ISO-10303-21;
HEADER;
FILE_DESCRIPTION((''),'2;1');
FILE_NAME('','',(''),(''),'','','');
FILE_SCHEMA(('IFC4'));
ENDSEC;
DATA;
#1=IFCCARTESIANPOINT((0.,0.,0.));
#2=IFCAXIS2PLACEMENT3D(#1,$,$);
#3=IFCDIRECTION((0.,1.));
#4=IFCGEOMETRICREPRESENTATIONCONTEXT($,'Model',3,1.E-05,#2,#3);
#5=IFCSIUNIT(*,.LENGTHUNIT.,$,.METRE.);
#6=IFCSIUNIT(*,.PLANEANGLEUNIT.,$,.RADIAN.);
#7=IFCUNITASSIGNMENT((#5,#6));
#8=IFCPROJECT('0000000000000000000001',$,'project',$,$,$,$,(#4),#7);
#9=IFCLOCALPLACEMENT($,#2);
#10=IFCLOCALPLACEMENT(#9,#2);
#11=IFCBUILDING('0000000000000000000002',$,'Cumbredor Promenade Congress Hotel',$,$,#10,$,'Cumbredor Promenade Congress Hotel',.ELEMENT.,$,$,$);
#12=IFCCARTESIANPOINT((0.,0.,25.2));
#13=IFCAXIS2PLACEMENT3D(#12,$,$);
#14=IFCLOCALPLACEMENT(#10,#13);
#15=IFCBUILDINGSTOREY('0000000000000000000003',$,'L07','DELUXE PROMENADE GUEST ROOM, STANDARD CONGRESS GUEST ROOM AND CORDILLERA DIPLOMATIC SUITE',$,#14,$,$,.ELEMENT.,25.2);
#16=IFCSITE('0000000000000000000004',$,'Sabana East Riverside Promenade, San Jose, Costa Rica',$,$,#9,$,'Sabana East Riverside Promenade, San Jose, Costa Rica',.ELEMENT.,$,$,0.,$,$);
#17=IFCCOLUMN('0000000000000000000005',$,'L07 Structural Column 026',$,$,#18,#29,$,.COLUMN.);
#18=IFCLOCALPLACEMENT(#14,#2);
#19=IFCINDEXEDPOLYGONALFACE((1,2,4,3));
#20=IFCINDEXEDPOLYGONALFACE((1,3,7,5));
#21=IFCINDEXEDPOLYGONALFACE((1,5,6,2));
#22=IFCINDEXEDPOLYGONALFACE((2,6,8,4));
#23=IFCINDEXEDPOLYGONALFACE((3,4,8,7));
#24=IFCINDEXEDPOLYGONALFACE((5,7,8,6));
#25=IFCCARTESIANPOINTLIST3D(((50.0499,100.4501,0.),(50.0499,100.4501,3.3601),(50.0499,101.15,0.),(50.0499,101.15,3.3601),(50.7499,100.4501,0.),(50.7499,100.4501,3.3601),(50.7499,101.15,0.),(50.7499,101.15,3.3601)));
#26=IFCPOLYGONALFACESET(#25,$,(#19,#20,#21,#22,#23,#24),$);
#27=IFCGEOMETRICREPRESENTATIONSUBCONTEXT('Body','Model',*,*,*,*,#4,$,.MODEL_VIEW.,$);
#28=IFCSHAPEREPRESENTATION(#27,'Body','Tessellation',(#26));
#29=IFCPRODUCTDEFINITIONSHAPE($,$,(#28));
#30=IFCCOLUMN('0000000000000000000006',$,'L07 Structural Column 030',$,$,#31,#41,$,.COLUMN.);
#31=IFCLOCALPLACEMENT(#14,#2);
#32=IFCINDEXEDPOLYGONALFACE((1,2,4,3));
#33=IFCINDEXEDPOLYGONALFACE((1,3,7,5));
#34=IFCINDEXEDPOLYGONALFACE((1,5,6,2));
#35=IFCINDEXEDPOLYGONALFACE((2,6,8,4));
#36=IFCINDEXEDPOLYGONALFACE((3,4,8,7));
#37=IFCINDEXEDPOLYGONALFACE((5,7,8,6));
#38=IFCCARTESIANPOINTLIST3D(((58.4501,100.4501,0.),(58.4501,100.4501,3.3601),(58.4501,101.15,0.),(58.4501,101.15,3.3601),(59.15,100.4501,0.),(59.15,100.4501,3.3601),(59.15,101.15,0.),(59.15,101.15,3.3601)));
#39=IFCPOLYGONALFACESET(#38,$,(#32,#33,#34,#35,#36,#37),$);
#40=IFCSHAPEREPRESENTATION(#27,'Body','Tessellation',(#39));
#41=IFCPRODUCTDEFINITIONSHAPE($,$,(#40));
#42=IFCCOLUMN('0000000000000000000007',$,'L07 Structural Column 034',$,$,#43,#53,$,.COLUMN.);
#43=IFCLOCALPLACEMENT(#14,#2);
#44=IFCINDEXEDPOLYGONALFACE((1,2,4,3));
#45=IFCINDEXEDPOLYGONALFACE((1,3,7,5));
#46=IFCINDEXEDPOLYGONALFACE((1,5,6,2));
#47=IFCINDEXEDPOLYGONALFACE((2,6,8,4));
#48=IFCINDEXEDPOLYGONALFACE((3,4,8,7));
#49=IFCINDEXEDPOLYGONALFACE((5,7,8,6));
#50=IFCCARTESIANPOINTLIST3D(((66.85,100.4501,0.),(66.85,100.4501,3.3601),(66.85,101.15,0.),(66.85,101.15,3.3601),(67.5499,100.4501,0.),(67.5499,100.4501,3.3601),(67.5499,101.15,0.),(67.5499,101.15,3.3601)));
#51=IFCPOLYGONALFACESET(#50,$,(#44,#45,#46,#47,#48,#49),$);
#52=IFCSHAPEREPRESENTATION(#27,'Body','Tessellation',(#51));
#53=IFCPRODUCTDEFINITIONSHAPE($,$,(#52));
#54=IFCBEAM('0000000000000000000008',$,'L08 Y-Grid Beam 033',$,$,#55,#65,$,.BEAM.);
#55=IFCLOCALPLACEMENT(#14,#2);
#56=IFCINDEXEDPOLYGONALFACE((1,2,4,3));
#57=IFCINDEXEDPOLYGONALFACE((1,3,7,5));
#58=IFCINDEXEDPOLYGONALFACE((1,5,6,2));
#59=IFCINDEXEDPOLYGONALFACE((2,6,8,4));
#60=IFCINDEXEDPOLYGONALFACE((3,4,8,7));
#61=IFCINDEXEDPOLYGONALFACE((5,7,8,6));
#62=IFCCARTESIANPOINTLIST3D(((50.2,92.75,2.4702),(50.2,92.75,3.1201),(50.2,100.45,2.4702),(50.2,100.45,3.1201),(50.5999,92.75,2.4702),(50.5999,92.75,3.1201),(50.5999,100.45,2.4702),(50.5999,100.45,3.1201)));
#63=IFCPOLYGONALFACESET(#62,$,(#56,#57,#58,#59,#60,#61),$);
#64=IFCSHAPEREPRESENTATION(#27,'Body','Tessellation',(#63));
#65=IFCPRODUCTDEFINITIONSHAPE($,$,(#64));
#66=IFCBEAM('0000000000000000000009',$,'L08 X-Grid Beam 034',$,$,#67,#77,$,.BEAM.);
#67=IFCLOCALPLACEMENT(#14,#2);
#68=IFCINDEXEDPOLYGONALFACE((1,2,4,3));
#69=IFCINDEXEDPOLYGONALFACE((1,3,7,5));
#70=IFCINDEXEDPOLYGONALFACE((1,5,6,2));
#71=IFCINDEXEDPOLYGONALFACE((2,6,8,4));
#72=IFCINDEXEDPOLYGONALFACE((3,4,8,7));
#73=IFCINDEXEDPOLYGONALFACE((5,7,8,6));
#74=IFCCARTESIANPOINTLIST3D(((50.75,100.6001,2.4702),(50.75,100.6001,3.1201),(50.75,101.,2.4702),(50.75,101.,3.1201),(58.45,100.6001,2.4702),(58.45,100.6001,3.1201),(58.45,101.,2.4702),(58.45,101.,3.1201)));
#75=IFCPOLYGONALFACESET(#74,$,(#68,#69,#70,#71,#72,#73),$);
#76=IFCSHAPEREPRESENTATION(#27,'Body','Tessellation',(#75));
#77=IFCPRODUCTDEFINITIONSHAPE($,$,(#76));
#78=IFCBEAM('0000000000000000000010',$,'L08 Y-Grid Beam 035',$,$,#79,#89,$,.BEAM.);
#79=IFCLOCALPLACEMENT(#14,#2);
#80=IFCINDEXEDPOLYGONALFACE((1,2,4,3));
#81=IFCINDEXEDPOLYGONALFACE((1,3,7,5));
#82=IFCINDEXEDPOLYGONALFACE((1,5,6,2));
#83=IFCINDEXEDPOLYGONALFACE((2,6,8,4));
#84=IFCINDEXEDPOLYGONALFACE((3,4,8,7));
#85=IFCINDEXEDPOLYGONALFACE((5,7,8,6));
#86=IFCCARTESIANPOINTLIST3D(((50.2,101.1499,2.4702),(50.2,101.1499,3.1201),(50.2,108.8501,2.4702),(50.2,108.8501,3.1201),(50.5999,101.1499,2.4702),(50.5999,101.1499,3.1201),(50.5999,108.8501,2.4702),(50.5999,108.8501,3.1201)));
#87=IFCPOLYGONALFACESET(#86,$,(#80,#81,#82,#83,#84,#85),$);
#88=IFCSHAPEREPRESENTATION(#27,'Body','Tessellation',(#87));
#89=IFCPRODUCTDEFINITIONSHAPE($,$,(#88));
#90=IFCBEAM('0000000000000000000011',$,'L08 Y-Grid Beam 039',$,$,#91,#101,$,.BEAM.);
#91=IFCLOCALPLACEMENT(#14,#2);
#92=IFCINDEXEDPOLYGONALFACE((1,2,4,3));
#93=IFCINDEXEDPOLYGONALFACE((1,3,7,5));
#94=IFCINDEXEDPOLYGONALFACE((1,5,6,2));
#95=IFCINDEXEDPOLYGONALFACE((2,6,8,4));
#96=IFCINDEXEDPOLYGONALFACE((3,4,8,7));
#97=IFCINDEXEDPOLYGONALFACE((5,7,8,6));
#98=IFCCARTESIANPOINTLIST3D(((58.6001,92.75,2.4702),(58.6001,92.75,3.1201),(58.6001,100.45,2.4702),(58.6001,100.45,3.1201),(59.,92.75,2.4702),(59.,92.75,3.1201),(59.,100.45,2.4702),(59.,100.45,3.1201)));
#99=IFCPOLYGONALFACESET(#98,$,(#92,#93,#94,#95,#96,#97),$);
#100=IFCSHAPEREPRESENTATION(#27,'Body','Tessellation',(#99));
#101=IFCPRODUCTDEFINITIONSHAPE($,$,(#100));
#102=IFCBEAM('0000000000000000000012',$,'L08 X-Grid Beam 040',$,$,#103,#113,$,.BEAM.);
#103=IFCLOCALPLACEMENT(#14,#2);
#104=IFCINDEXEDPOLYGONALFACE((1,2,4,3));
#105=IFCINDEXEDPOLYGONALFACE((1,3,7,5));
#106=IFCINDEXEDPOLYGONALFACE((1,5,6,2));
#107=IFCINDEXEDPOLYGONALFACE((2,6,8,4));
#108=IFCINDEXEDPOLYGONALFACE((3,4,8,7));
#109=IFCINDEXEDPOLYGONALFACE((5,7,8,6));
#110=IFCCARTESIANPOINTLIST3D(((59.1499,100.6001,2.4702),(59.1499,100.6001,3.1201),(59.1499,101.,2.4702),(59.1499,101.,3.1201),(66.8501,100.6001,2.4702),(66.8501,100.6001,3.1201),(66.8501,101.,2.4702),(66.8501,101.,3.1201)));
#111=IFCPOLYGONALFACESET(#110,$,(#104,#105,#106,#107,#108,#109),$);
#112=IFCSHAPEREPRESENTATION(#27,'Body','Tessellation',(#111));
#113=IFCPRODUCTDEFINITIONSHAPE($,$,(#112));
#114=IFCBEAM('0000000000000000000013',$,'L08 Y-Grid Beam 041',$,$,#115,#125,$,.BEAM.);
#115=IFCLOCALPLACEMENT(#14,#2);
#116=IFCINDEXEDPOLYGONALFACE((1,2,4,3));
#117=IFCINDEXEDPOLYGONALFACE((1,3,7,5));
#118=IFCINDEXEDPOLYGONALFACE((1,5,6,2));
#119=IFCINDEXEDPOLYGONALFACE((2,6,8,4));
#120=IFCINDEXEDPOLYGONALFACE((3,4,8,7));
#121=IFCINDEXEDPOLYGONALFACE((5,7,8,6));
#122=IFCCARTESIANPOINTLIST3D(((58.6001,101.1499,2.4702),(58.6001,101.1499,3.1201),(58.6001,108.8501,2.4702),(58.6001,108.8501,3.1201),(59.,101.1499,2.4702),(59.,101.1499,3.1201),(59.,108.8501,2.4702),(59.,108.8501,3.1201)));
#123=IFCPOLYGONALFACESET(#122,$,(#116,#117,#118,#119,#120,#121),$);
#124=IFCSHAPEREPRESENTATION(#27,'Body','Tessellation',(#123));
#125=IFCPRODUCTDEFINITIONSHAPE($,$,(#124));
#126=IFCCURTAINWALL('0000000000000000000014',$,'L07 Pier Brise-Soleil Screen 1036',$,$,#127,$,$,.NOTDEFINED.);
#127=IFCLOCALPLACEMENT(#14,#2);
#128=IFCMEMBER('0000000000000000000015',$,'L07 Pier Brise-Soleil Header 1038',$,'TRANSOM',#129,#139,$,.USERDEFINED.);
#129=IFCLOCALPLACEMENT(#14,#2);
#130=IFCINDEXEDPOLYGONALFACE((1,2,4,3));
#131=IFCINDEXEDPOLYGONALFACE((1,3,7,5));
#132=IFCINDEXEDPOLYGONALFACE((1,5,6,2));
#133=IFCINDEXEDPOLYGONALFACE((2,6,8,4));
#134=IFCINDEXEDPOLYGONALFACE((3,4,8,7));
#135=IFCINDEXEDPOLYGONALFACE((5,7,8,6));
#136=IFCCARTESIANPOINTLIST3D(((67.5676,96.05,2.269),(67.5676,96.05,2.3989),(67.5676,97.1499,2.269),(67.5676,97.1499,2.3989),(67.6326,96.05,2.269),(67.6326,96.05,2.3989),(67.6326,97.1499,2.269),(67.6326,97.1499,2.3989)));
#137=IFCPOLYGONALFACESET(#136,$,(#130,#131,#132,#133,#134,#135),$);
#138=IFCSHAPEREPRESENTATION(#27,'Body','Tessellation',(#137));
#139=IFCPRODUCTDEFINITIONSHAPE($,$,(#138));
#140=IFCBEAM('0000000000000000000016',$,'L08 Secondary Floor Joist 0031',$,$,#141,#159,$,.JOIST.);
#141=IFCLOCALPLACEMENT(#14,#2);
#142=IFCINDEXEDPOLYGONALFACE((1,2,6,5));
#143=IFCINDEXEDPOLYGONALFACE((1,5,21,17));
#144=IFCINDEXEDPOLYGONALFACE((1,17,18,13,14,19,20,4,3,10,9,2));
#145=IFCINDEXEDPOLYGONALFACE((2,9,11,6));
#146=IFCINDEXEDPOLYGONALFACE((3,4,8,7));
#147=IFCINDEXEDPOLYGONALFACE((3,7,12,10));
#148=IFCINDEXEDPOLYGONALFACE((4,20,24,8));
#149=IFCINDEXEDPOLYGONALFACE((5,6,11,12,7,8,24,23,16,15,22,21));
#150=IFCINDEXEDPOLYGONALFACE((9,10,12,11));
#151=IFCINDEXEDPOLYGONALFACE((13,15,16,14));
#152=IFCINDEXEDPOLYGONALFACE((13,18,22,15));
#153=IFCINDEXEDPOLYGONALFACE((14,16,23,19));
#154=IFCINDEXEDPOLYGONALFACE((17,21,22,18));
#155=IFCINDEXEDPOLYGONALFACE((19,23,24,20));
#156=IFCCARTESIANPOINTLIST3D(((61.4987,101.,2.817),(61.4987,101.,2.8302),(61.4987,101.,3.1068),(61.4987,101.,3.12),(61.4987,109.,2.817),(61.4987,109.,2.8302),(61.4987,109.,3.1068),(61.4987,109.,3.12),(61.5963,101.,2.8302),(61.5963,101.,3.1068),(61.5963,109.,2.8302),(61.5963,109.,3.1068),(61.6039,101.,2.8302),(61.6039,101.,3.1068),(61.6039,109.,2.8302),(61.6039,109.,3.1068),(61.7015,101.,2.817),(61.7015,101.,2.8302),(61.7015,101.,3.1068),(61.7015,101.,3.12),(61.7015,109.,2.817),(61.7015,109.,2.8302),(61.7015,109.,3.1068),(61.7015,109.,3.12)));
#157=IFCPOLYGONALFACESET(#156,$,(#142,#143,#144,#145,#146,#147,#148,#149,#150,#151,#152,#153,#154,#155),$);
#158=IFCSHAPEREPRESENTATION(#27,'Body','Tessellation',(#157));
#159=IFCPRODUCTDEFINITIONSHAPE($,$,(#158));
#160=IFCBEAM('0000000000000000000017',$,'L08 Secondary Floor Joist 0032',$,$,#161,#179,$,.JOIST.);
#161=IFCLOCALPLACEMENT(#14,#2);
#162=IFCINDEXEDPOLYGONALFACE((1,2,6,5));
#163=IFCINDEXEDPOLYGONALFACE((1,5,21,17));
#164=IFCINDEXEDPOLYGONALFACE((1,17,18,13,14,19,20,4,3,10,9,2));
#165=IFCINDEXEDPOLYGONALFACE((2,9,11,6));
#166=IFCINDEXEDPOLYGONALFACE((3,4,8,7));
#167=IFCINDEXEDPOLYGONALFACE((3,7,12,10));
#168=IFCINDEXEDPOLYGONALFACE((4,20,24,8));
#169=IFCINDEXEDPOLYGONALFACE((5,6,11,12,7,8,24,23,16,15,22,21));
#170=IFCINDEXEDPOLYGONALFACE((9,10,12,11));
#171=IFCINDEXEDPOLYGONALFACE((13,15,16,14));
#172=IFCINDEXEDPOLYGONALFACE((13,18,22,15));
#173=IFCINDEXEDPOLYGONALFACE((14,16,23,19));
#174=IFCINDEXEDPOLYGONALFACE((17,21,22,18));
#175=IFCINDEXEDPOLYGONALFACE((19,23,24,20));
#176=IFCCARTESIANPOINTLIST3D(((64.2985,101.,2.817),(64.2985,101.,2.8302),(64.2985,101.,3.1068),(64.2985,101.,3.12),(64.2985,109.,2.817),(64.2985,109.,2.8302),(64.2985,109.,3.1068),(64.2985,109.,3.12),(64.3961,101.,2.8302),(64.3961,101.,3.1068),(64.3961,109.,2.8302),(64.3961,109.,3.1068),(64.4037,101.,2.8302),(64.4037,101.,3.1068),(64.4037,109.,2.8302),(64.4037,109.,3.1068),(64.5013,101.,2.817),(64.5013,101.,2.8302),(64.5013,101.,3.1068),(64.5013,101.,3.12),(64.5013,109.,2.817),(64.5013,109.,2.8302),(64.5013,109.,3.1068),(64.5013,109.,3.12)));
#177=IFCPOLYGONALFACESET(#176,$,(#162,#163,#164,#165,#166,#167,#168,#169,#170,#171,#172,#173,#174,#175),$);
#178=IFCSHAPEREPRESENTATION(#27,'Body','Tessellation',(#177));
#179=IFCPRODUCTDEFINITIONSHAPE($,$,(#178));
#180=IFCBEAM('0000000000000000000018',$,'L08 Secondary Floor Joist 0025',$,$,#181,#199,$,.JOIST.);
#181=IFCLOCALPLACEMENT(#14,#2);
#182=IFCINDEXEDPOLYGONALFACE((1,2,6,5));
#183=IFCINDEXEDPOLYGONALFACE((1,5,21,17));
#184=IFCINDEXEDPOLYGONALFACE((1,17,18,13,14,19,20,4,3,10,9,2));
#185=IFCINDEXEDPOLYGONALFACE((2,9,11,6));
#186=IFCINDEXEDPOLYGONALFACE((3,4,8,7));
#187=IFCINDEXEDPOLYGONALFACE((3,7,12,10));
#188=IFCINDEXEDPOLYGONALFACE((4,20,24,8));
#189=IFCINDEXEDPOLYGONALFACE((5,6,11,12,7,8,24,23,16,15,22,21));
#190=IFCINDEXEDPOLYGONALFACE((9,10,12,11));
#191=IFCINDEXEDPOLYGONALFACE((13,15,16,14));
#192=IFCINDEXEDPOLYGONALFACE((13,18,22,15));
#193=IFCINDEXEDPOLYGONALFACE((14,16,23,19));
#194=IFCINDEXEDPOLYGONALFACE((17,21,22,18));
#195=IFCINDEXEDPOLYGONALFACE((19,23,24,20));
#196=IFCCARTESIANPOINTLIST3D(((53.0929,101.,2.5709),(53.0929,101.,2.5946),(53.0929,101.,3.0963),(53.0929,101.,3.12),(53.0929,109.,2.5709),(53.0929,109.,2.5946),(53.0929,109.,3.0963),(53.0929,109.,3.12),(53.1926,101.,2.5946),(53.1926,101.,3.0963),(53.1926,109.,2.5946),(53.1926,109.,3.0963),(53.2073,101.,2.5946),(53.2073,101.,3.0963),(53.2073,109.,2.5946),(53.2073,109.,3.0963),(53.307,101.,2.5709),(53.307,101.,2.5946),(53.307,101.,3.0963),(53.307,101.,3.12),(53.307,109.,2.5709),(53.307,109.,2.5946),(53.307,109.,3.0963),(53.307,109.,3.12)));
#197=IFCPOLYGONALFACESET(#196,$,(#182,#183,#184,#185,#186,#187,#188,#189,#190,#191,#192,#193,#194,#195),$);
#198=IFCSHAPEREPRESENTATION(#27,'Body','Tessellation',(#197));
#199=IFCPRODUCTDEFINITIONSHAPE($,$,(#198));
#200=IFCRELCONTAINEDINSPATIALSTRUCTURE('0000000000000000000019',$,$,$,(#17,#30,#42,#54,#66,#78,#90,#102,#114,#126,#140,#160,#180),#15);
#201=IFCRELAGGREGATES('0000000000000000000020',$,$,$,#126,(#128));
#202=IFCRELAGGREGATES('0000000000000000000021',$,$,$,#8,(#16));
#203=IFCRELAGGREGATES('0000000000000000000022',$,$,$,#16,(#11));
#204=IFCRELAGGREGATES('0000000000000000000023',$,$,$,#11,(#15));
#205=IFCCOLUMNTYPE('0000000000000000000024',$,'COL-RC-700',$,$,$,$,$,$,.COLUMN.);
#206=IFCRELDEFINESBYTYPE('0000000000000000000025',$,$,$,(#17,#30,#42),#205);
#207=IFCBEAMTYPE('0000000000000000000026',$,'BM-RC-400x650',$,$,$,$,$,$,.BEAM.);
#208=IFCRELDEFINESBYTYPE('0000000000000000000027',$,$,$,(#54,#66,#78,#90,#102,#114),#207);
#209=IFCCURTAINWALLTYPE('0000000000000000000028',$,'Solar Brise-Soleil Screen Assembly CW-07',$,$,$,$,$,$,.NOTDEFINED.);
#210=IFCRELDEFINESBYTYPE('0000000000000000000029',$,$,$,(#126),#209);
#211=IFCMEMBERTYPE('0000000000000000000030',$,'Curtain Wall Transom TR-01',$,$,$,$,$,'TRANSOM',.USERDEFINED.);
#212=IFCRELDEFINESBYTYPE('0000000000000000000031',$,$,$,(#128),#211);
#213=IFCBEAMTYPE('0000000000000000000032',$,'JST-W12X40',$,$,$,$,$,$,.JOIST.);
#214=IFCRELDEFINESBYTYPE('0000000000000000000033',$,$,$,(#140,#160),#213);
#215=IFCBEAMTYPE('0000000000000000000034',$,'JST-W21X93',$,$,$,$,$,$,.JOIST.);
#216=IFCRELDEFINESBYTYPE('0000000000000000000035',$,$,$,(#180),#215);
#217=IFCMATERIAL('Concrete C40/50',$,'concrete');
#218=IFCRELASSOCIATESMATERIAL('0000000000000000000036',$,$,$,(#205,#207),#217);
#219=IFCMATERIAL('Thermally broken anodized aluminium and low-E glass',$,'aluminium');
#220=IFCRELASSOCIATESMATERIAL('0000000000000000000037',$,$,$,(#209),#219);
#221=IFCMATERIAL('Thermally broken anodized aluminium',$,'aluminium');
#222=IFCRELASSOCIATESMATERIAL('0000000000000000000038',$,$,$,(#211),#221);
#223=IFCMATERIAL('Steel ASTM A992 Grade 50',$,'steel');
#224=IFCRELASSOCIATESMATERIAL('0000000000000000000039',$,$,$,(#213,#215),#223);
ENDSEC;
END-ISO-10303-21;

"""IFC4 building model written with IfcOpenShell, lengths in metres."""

from ifc_helpers import new_model, si_unit, direction, frame, origin, origin_2d, place, context, subcontext, project, spatial, rectangle, i_section, extrude, material, material_profile, profile_set, type_object, element, aggregate, save


model = new_model("IFC4")

# Units and contexts
model_context = context("Model", 3, precision=1e-05, world=origin(), true_north=direction((0.0, 1.0)))
body_context = subcontext(model_context, "Body", "Model", "MODEL_VIEW")
ifc_project = project(units=[si_unit("LENGTHUNIT", "METRE"), si_unit("PLANEANGLEUNIT", "RADIAN")], contexts=[model_context])

# Site, building, storey
site_placement = place(None, origin())
site = spatial("IfcSite", under=ifc_project, at=site_placement, Name="Sabana East Riverside Promenade, San Jose, Costa Rica", LongName="Sabana East Riverside Promenade, San Jose, Costa Rica", CompositionType="ELEMENT", RefElevation=0.0)
building_placement = place(site_placement, origin())
building = spatial("IfcBuilding", under=site, at=building_placement, Name="Cumbredor Promenade Congress Hotel", LongName="Cumbredor Promenade Congress Hotel", CompositionType="ELEMENT")
storey_placement = place(building_placement, frame((0.0, 0.0, 25.2)))
storey = spatial("IfcBuildingStorey", under=building, at=storey_placement, Name="L07", Description="DELUXE PROMENADE GUEST ROOM, STANDARD CONGRESS GUEST ROOM AND CORDILLERA DIPLOMATIC SUITE", CompositionType="ELEMENT", Elevation=25.2)

# Columns
ifc_material_1 = material(Name="Concrete C40/50", Category="concrete")
ifc_material_profile_1 = material_profile(ifc_material_1, rectangle(XDim=0.7, YDim=0.7, at=origin_2d()), Name="RC 700x700")
ifc_profile_set_1 = profile_set([ifc_material_profile_1], Name="Concrete C40/50")
column_type = type_object("IfcColumnType", Name="COL-RC-700", PredefinedType="COLUMN", material=ifc_profile_set_1)
for number, where, z_axis, x_axis, name in (
    (1, (50.3999, 100.8, 0.0), (0.0, 0.0, 1.0), (1.0, 0.0, 0.0), "L07 Structural Column 026"),
    (2, (58.8, 100.8, 0.0), (0.0, 0.0, 1.0), (1.0, 0.0, 0.0), "L07 Structural Column 030"),
    (3, (67.2, 100.8, 0.0), (0.0, 0.0, 1.0), (1.0, 0.0, 0.0), "L07 Structural Column 034"),
):
    element("IfcColumn", number, at=place(storey_placement, frame(where, z_axis=z_axis, x_axis=x_axis)), inside=storey, type_object=column_type, Name=name, PredefinedType="COLUMN", context=body_context, shape_type="SweptSolid", body=[
        extrude(rectangle(XDim=0.7, YDim=0.7, at=origin_2d()), origin(), (0.0, 0.0, 1.0), 3.3601),
    ])

# Beams
ifc_material_profile_2 = material_profile(ifc_material_1, rectangle(XDim=0.3999, YDim=0.6499, at=origin_2d()), Name="RC BEAM 400x650")
ifc_profile_set_2 = profile_set([ifc_material_profile_2], Name="Concrete C40/50")
beam_type_1 = type_object("IfcBeamType", Name="BM-RC-400x650", PredefinedType="BEAM", material=ifc_profile_set_2)
for number, where, z_axis, x_axis, name in (
    (4, (50.3999, 92.75, 2.7952), (0.0, 1.0, 0.0), (-1.0, 0.0, 0.0), "L08 Y-Grid Beam 033"),
    (5, (50.75, 100.8, 2.7952), (1.0, 0.0, 0.0), (0.0, 1.0, 0.0), "L08 X-Grid Beam 034"),
):
    element("IfcBeam", number, at=place(storey_placement, frame(where, z_axis=z_axis, x_axis=x_axis)), inside=storey, type_object=beam_type_1, Name=name, PredefinedType="BEAM", context=body_context, shape_type="SweptSolid", body=[
        extrude(rectangle(XDim=0.3999, YDim=0.6499, at=origin_2d()), origin(), (0.0, 0.0, 1.0), 7.7),
    ])
beam_1_placement = place(storey_placement, frame((50.3999, 101.1499, 2.7952), z_axis=(0.0, 1.0, 0.0), x_axis=(-1.0, 0.0, 0.0)))
element("IfcBeam", 6, at=beam_1_placement, inside=storey, type_object=beam_type_1, Name="L08 Y-Grid Beam 035", PredefinedType="BEAM", context=body_context, shape_type="SweptSolid", body=[
    extrude(rectangle(XDim=0.3999, YDim=0.6499, at=origin_2d()), origin(), (0.0, 0.0, 1.0), 7.7002),
])
beam_2_placement = place(storey_placement, frame((58.8, 92.75, 2.7952), z_axis=(0.0, 1.0, 0.0), x_axis=(-1.0, 0.0, 0.0)))
element("IfcBeam", 7, at=beam_2_placement, inside=storey, type_object=beam_type_1, Name="L08 Y-Grid Beam 039", PredefinedType="BEAM", context=body_context, shape_type="SweptSolid", body=[
    extrude(rectangle(XDim=0.3999, YDim=0.6499, at=origin_2d()), origin(), (0.0, 0.0, 1.0), 7.7),
])
for number, where, z_axis, x_axis, name in (
    (8, (59.1499, 100.8, 2.7952), (1.0, 0.0, 0.0), (0.0, 1.0, 0.0), "L08 X-Grid Beam 040"),
    (9, (58.8, 101.1499, 2.7952), (0.0, 1.0, 0.0), (-1.0, 0.0, 0.0), "L08 Y-Grid Beam 041"),
):
    element("IfcBeam", number, at=place(storey_placement, frame(where, z_axis=z_axis, x_axis=x_axis)), inside=storey, type_object=beam_type_1, Name=name, PredefinedType="BEAM", context=body_context, shape_type="SweptSolid", body=[
        extrude(rectangle(XDim=0.3999, YDim=0.6499, at=origin_2d()), origin(), (0.0, 0.0, 1.0), 7.7002),
    ])

# Curtain wall, member
ifc_material_2 = material(Name="Thermally broken anodized aluminium and low-E glass", Category="aluminium")
curtain_wall_type = type_object("IfcCurtainWallType", Name="Solar Brise-Soleil Screen Assembly CW-07", PredefinedType="NOTDEFINED", material=ifc_material_2)
curtain_wall_placement = place(storey_placement, origin())
curtain_wall = element("IfcCurtainWall", 10, at=curtain_wall_placement, inside=storey, type_object=curtain_wall_type, Name="L07 Pier Brise-Soleil Screen 1036", PredefinedType="NOTDEFINED")
ifc_material_3 = material(Name="Thermally broken anodized aluminium", Category="aluminium")
ifc_material_profile_3 = material_profile(ifc_material_3, rectangle(XDim=0.0649, YDim=0.1299, at=origin_2d()), Name="ALU TRANSOM 65x130")
ifc_profile_set_3 = profile_set([ifc_material_profile_3], Name="Thermally broken anodized aluminium")
member_type_1 = type_object("IfcMemberType", Name="Curtain Wall Transom TR-01", ElementType="TRANSOM", PredefinedType="USERDEFINED", material=ifc_profile_set_3)
member_1_placement = place(storey_placement, frame((67.6001, 96.05, 2.334), z_axis=(0.0, 1.0, 0.0), x_axis=(-1.0, 0.0, 0.0)))
member_1 = element("IfcMember", 11, at=member_1_placement, type_object=member_type_1, Name="L07 Pier Brise-Soleil Header 1038", ObjectType="TRANSOM", PredefinedType="USERDEFINED", context=body_context, shape_type="SweptSolid", body=[
    extrude(rectangle(XDim=0.0649, YDim=0.1299, at=origin_2d()), origin(), (0.0, 0.0, 1.0), 1.0999),
])

# Beams
ifc_material_4 = material(Name="Steel ASTM A992 Grade 50", Category="steel")
ifc_material_profile_4 = material_profile(ifc_material_4, i_section(OverallWidth=0.2029, OverallDepth=0.303, WebThickness=0.0076, FlangeThickness=0.0132, at=origin_2d()), Name="W12X40")
ifc_profile_set_4 = profile_set([ifc_material_profile_4], Name="Steel ASTM A992 Grade 50")
beam_type_2 = type_object("IfcBeamType", Name="JST-W12X40", PredefinedType="JOIST", material=ifc_profile_set_4)
for number, where, z_axis, x_axis, name in (
    (12, (61.6001, 101.0, 2.9685), (0.0, 1.0, 0.0), (-1.0, 0.0, 0.0), "L08 Secondary Floor Joist 0031"),
    (13, (64.3999, 101.0, 2.9685), (0.0, 1.0, 0.0), (-1.0, 0.0, 0.0), "L08 Secondary Floor Joist 0032"),
):
    element("IfcBeam", number, at=place(storey_placement, frame(where, z_axis=z_axis, x_axis=x_axis)), inside=storey, type_object=beam_type_2, Name=name, PredefinedType="JOIST", context=body_context, shape_type="SweptSolid", body=[
        extrude(i_section(OverallWidth=0.2029, OverallDepth=0.303, WebThickness=0.0076, FlangeThickness=0.0132, at=origin_2d()), origin(), (0.0, 0.0, 1.0), 8.0),
    ])
ifc_material_profile_5 = material_profile(ifc_material_4, i_section(OverallWidth=0.2141, OverallDepth=0.5491, WebThickness=0.0146, FlangeThickness=0.0237, at=origin_2d()), Name="W21X93")
ifc_profile_set_5 = profile_set([ifc_material_profile_5], Name="Steel ASTM A992 Grade 50")
beam_type_3 = type_object("IfcBeamType", Name="JST-W21X93", PredefinedType="JOIST", material=ifc_profile_set_5)
for number, where, z_axis, x_axis, name in (
    (14, (53.2, 101.0, 2.8455), (0.0, 1.0, 0.0), (-1.0, 0.0, 0.0), "L08 Secondary Floor Joist 0025"),
):
    element("IfcBeam", number, at=place(storey_placement, frame(where, z_axis=z_axis, x_axis=x_axis)), inside=storey, type_object=beam_type_3, Name=name, PredefinedType="JOIST", context=body_context, shape_type="SweptSolid", body=[
        extrude(i_section(OverallWidth=0.2141, OverallDepth=0.5491, WebThickness=0.0146, FlangeThickness=0.0237, at=origin_2d()), origin(), (0.0, 0.0, 1.0), 8.0),
    ])

aggregate(curtain_wall, [member_1])

save(model, "model.ifc")
